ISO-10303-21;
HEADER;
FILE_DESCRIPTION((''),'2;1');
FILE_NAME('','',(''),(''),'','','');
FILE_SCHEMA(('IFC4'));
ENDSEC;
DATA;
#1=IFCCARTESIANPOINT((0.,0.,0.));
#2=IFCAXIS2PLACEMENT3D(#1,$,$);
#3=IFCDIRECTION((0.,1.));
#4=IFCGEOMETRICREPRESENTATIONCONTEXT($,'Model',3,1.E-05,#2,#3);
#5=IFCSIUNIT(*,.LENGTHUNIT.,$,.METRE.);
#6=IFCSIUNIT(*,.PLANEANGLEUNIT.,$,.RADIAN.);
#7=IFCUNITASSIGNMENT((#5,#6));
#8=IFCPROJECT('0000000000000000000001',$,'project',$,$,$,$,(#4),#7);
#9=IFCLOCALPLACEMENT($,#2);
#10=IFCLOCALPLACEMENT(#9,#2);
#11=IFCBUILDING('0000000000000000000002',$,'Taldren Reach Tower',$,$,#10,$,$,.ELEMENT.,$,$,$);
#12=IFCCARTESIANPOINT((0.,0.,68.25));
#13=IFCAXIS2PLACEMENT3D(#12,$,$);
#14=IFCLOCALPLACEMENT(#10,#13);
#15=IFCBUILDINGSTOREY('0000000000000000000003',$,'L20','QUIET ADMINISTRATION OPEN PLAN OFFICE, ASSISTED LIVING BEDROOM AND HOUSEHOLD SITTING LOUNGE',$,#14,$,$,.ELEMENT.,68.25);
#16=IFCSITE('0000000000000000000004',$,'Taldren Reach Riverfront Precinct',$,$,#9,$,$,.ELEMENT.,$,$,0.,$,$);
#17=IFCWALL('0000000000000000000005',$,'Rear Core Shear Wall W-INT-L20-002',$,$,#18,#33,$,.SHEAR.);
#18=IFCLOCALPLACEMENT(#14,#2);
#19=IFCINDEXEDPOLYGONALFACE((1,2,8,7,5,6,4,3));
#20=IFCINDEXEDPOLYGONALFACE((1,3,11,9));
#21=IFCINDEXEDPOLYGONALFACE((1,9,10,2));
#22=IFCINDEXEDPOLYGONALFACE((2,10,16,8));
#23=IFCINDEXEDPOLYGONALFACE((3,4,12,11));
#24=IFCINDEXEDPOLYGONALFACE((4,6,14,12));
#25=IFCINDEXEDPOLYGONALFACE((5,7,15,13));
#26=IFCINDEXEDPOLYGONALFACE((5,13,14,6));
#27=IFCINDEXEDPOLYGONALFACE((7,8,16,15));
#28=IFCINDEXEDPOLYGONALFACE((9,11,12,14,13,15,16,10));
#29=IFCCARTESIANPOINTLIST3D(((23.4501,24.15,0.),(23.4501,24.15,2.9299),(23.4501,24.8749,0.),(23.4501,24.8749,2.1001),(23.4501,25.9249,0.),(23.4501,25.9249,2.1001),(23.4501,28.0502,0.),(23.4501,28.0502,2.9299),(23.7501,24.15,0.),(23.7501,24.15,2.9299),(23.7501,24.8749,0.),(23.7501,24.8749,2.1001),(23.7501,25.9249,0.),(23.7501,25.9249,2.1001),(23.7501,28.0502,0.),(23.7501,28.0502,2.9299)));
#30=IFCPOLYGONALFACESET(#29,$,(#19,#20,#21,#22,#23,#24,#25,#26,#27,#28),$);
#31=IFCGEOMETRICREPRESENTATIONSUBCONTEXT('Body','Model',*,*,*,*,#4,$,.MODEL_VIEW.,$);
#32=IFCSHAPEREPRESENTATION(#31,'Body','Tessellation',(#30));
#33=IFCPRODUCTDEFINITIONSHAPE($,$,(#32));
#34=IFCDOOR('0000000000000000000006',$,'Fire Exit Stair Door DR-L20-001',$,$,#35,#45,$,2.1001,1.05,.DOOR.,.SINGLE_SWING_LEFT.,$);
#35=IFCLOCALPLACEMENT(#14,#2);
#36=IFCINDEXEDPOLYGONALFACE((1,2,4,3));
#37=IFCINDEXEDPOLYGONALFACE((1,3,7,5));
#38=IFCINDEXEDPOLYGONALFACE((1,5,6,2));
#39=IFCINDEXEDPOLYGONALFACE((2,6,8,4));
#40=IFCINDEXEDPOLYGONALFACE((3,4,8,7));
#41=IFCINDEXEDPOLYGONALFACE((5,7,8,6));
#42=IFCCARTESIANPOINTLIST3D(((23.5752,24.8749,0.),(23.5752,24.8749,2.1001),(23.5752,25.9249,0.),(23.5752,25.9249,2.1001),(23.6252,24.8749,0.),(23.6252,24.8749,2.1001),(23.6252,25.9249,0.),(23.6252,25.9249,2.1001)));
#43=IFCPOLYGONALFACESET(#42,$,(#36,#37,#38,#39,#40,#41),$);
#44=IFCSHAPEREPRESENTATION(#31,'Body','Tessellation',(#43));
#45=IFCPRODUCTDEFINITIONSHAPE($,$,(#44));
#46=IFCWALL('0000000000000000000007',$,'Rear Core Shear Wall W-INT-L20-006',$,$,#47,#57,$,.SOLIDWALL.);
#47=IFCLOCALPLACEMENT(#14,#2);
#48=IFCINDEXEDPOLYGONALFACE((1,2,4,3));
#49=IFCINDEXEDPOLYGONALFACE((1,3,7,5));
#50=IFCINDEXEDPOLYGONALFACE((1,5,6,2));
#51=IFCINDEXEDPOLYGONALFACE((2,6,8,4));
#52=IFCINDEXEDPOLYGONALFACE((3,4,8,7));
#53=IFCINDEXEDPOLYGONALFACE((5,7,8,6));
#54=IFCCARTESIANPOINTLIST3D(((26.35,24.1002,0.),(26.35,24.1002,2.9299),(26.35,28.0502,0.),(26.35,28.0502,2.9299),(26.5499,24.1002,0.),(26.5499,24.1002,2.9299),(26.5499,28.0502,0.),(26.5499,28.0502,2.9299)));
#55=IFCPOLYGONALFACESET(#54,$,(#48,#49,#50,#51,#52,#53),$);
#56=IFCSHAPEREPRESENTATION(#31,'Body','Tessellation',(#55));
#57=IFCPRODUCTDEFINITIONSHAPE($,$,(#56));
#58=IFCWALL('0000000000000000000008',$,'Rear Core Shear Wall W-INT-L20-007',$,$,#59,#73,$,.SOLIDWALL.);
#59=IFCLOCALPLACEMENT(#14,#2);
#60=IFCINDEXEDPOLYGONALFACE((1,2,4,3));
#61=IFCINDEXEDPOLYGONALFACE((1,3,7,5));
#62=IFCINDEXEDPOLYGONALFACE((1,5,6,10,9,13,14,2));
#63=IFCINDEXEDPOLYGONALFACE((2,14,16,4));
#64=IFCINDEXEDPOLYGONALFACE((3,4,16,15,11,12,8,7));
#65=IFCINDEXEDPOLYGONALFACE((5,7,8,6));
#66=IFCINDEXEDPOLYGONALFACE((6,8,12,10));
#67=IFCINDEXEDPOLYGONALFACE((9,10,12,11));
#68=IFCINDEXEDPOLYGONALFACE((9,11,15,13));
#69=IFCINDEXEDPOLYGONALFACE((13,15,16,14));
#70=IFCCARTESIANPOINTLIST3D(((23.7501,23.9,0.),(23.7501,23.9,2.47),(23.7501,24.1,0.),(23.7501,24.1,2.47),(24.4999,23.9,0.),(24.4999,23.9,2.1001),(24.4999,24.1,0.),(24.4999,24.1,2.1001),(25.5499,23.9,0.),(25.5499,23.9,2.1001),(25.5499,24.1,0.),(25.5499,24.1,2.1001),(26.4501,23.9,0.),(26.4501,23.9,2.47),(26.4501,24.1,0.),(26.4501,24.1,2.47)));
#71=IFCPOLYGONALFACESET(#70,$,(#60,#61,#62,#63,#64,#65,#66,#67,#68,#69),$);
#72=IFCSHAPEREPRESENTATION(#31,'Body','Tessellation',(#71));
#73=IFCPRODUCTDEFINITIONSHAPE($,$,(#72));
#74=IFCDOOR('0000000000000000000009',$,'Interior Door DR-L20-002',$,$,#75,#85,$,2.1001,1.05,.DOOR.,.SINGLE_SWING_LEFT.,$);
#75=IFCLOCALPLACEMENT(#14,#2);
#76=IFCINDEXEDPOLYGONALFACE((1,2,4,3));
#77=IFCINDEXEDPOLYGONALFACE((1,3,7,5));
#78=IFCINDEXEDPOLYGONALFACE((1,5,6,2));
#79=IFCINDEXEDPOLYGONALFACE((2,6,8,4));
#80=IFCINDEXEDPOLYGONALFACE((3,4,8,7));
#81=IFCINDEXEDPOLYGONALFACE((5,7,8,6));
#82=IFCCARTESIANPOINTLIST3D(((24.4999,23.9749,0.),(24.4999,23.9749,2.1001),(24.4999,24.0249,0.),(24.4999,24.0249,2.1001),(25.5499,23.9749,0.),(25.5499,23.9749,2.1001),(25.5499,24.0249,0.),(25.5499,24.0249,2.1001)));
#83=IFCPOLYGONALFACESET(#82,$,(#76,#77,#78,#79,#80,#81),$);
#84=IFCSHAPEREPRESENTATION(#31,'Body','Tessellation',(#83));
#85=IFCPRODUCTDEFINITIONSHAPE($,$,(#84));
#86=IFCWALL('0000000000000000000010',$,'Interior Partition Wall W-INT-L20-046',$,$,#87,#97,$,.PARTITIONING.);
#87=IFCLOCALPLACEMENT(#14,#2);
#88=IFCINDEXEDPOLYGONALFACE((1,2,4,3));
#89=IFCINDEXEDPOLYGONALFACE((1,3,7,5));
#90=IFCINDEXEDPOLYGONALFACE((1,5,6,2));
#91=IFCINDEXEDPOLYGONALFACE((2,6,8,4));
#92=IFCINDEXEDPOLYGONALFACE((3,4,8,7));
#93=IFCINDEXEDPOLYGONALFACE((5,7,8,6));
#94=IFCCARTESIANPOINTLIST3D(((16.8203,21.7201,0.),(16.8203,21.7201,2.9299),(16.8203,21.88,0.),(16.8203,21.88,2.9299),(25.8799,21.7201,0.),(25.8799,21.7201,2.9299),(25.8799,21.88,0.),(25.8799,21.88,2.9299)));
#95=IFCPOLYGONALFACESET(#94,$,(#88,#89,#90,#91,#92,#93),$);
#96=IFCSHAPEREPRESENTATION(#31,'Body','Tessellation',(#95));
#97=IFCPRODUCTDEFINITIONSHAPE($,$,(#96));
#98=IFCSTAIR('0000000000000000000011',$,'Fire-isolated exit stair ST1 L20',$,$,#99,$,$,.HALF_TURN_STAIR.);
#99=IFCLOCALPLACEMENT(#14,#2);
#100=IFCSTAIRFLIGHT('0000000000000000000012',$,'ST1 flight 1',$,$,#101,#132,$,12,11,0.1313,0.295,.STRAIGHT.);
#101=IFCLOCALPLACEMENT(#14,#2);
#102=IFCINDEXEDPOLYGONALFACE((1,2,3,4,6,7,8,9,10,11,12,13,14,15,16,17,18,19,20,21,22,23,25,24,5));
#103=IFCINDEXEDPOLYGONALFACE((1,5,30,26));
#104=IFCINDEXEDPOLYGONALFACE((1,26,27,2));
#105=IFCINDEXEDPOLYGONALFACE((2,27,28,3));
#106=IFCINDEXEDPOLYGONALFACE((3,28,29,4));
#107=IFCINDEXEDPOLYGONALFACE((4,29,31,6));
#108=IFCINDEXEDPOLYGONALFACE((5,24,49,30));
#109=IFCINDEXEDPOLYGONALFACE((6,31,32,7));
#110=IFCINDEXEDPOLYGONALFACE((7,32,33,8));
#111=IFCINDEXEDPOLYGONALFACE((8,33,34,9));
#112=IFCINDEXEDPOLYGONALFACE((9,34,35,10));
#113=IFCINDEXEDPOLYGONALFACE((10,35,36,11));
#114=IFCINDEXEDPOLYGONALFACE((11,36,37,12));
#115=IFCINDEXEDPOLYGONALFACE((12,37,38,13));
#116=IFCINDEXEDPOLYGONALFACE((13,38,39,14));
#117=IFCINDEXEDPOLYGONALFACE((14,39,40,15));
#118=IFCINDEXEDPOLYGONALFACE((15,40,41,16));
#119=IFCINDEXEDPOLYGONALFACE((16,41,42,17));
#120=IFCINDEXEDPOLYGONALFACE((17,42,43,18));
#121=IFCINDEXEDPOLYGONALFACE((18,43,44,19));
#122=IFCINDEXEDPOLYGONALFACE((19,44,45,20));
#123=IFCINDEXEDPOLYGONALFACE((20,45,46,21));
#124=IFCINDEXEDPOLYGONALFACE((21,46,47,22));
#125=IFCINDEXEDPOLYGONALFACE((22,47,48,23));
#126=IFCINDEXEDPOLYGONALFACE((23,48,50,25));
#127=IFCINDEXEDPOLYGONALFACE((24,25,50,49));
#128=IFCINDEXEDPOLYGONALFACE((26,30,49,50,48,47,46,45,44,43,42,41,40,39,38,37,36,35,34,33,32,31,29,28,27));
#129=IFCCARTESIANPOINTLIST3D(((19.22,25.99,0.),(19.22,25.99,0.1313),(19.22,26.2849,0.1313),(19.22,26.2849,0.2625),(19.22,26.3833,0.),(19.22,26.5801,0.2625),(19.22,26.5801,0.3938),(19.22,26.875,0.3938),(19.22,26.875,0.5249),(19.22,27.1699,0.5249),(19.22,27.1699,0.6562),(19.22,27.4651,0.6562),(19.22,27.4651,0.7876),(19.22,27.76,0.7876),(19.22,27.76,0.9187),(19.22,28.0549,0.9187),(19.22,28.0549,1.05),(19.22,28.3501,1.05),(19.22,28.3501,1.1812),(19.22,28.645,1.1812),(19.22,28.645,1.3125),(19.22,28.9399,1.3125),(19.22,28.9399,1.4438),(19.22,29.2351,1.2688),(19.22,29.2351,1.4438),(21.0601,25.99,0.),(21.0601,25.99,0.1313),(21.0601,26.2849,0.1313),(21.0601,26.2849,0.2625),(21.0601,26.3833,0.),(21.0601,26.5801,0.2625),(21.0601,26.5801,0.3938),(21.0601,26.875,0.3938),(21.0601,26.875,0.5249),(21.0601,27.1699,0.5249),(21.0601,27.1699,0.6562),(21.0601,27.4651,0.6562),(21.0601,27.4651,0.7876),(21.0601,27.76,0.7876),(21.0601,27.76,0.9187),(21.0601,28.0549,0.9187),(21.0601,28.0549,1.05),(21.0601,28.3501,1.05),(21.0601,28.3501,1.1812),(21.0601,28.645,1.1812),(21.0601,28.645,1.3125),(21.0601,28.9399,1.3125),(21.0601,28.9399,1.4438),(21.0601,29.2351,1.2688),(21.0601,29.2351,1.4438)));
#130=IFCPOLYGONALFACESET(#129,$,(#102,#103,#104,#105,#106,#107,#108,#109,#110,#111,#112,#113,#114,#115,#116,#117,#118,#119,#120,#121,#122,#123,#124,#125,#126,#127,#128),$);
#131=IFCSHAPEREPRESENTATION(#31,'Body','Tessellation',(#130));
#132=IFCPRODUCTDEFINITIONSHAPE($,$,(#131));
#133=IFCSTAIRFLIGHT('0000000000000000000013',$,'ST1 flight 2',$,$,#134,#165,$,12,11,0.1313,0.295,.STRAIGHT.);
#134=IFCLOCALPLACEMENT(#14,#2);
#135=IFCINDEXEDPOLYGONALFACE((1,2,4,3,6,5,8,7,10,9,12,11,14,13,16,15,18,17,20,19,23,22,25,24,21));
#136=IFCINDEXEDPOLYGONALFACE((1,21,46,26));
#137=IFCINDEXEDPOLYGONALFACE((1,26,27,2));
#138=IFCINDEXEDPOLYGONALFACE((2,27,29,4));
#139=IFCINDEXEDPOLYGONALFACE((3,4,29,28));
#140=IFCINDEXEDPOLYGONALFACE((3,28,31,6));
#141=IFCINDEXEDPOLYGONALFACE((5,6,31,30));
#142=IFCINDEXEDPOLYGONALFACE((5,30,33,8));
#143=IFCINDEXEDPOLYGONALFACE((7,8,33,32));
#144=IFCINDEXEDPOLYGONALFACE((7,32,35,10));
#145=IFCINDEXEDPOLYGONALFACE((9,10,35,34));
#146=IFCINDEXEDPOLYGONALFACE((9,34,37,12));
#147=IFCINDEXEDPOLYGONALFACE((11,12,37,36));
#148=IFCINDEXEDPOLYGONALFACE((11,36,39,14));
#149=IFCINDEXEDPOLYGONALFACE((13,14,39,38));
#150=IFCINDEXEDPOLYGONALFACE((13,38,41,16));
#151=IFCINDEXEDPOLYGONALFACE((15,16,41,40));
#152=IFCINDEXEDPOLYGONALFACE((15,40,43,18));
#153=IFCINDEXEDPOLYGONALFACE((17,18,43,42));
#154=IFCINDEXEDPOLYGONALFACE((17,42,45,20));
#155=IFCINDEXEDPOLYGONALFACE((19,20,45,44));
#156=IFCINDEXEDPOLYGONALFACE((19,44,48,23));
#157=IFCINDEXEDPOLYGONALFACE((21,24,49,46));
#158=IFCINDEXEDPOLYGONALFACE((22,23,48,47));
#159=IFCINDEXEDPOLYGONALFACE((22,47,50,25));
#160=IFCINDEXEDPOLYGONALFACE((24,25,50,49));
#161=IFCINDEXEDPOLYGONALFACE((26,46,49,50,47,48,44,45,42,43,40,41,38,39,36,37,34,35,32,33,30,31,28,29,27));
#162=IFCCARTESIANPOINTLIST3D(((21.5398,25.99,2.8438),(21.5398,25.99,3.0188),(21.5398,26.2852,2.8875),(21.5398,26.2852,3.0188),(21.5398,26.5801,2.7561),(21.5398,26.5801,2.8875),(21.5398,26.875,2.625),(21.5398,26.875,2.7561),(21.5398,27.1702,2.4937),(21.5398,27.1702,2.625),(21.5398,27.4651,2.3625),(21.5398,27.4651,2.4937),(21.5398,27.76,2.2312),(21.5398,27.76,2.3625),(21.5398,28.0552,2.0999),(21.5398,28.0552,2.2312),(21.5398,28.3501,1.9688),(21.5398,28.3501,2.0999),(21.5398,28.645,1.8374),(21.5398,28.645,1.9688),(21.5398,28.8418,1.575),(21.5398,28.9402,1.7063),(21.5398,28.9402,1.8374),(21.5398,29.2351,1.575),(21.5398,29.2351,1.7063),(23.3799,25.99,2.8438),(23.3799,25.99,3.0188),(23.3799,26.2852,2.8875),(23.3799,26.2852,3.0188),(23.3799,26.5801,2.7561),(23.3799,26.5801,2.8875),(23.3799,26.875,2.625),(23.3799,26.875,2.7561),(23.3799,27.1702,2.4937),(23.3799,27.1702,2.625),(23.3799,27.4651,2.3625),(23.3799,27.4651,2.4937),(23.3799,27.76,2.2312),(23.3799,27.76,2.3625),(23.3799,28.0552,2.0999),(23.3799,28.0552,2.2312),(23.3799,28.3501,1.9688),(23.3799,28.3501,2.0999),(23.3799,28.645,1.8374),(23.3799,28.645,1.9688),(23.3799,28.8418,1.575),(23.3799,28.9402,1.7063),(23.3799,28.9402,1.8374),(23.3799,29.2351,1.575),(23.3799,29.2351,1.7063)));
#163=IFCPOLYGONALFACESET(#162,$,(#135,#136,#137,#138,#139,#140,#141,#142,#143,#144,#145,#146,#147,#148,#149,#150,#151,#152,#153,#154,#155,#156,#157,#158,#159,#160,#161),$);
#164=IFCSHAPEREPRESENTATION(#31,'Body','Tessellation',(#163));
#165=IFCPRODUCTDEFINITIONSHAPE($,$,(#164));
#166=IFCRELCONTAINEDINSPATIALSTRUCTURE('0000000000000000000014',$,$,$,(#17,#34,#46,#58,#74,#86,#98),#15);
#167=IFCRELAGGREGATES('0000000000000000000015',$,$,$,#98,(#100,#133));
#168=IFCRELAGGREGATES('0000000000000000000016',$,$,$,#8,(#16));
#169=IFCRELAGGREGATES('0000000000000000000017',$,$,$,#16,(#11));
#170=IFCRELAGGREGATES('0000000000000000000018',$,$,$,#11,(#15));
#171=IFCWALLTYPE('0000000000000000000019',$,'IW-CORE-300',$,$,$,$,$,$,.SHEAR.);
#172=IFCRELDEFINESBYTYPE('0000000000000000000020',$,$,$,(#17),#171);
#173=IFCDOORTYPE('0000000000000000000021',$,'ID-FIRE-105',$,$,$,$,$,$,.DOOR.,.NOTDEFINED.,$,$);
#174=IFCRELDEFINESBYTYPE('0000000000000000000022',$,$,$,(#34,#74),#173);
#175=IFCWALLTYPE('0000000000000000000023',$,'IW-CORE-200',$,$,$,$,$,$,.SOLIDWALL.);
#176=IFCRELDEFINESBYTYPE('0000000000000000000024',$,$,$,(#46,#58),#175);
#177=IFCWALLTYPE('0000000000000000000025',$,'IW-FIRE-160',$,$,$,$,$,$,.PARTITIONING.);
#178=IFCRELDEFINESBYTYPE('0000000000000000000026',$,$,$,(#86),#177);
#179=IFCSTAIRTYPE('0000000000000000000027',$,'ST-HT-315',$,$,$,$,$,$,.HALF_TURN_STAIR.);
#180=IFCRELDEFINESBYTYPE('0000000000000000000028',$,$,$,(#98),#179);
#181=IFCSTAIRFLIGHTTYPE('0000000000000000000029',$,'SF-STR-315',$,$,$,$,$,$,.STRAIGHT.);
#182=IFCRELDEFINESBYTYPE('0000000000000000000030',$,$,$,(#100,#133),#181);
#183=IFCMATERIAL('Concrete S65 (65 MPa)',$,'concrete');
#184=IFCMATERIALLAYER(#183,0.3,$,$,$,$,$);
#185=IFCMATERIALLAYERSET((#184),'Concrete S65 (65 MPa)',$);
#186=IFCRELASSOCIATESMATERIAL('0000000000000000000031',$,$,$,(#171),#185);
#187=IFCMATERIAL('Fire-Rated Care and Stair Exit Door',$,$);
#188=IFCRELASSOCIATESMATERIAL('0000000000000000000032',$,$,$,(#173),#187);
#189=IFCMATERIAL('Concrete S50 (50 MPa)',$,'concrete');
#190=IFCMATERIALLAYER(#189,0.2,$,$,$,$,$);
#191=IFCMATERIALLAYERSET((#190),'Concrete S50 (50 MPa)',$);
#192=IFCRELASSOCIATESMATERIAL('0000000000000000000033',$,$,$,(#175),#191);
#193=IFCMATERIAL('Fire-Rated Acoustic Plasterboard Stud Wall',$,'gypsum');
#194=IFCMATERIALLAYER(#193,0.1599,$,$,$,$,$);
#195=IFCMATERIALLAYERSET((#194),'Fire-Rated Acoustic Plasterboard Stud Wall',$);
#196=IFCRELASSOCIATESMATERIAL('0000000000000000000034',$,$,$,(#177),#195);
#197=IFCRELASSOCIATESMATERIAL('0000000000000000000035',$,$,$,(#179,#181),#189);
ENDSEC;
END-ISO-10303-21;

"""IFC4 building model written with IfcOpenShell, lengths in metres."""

from ifc_helpers import new_model, si_unit, direction, frame, frame_2d, origin, place, context, subcontext, project, spatial, polyline, rectangle, outline, extrude, source, transform, mapped, material, layer, layer_set, type_object, element, fill, aggregate, save


model = new_model("IFC4")

# Units and contexts
model_context = context("Model", 3, precision=1e-05, world=origin(), true_north=direction((0.0, 1.0)))
body_context = subcontext(model_context, "Body", "Model", "MODEL_VIEW")
ifc_project = project(units=[si_unit("LENGTHUNIT", "METRE"), si_unit("PLANEANGLEUNIT", "RADIAN")], contexts=[model_context])

# Site, building, storey
site_placement = place(None, origin())
site = spatial("IfcSite", under=ifc_project, at=site_placement, Name="Taldren Reach Riverfront Precinct", CompositionType="ELEMENT", RefElevation=0.0)
building_placement = place(site_placement, origin())
building = spatial("IfcBuilding", under=site, at=building_placement, Name="Taldren Reach Tower", CompositionType="ELEMENT")
storey_placement = place(building_placement, frame((0.0, 0.0, 68.25)))
storey = spatial("IfcBuildingStorey", under=building, at=storey_placement, Name="L20", Description="QUIET ADMINISTRATION OPEN PLAN OFFICE, ASSISTED LIVING BEDROOM AND HOUSEHOLD SITTING LOUNGE", CompositionType="ELEMENT", Elevation=68.25)

# Shared definitions
ifc_material_1 = material(Name="Concrete S65 (65 MPa)", Category="concrete")

# Shared definitions
ifc_layer_1 = layer(ifc_material_1, 0.3)
ifc_layer_set_1 = layer_set([ifc_layer_1], Name="Concrete S65 (65 MPa)")
wall_type_1 = type_object("IfcWallType", Name="IW-CORE-300", PredefinedType="SHEAR", material=ifc_layer_set_1)

# Wall, opening, door
shared_shape_1 = source(origin(), body_context, "Body", "SweptSolid", [
    extrude(rectangle(XDim=3.9001, YDim=0.3, at=frame_2d((1.9502, 0.0))), origin(), (0.0, 0.0, 1.0), 2.9299),
])
wall_1_placement = place(storey_placement, frame((23.6001, 24.1499, 0.0), z_axis=(0.0, 0.0, 1.0), x_axis=(0.0, 1.0, 0.0)))
wall_1 = element("IfcWall", 1, at=wall_1_placement, inside=storey, type_object=wall_type_1, Name="Rear Core Shear Wall W-INT-L20-002", PredefinedType="SHEAR", context=body_context, shape_type="MappedRepresentation", body=[
    mapped(shared_shape_1, transform((0.0, 0.0, 0.0), scale=1.0)),
])
shared_shape_2 = source(origin(), body_context, "Body", "SweptSolid", [
    extrude(rectangle(XDim=1.05, YDim=2.1001, at=frame_2d((0.5249, 1.05))), frame((0.0, 0.1602, 0.0), z_axis=(0.0, -1.0, 0.0), x_axis=(1.0, 0.0, 0.0)), (0.0, 0.0, 1.0), 0.3201),
])
opening_1_placement = place(wall_1_placement, frame((0.7251, 0.0, 0.0)))
opening_1 = element("IfcOpeningElement", 2, at=opening_1_placement, cuts=wall_1, PredefinedType="OPENING", context=body_context, shape_type="MappedRepresentation", body=[
    mapped(shared_shape_2, transform((0.0, 0.0, 0.0), scale=1.0)),
])
ifc_material_2 = material(Name="Fire-Rated Care and Stair Exit Door")
door_type_1 = type_object("IfcDoorType", Name="ID-FIRE-105", OperationType="NOTDEFINED", PredefinedType="DOOR", material=ifc_material_2)
shared_shape_3 = source(origin(), body_context, "Body", "SweptSolid", [
    extrude(rectangle(XDim=1.05, YDim=2.1001, at=frame_2d((0.5249, 1.05))), frame((0.0, 0.0249, 0.0), z_axis=(0.0, -1.0, 0.0), x_axis=(1.0, 0.0, 0.0)), (0.0, 0.0, 1.0), 0.05),
])
door_1_placement = place(opening_1_placement, origin())
door_1 = element("IfcDoor", 3, at=door_1_placement, inside=storey, type_object=door_type_1, Name="Fire Exit Stair Door DR-L20-001", OperationType="SINGLE_SWING_LEFT", OverallHeight=2.1001, OverallWidth=1.05, PredefinedType="DOOR", context=body_context, shape_type="MappedRepresentation", body=[
    mapped(shared_shape_3, transform((0.0, 0.0, 0.0), scale=1.0)),
])
fill(opening_1, door_1)

# Wall
ifc_material_3 = material(Name="Concrete S50 (50 MPa)", Category="concrete")
ifc_layer_2 = layer(ifc_material_3, 0.2)
ifc_layer_set_2 = layer_set([ifc_layer_2], Name="Concrete S50 (50 MPa)")
wall_type_2 = type_object("IfcWallType", Name="IW-CORE-200", PredefinedType="SOLIDWALL", material=ifc_layer_set_2)
shared_shape_4 = source(origin(), body_context, "Body", "SweptSolid", [
    extrude(rectangle(XDim=3.95, YDim=0.2, at=frame_2d((1.9751, 0.0))), origin(), (0.0, 0.0, 1.0), 2.9299),
])
wall_2_placement = place(storey_placement, frame((26.45, 24.1001, 0.0), z_axis=(0.0, 0.0, 1.0), x_axis=(0.0, 1.0, 0.0)))
element("IfcWall", 4, at=wall_2_placement, inside=storey, type_object=wall_type_2, Name="Rear Core Shear Wall W-INT-L20-006", PredefinedType="SOLIDWALL", context=body_context, shape_type="MappedRepresentation", body=[
    mapped(shared_shape_4, transform((0.0, 0.0, 0.0), scale=1.0)),
])

# Wall, opening, door
shared_shape_5 = source(origin(), body_context, "Body", "SweptSolid", [
    extrude(rectangle(XDim=2.7, YDim=0.2, at=frame_2d((1.3501, 0.0))), origin(), (0.0, 0.0, 1.0), 2.47),
])
wall_3_placement = place(storey_placement, frame((23.75, 24.0, 0.0), z_axis=(0.0, 0.0, 1.0), x_axis=(1.0, 0.0, 0.0)))
wall_3 = element("IfcWall", 5, at=wall_3_placement, inside=storey, type_object=wall_type_2, Name="Rear Core Shear Wall W-INT-L20-007", PredefinedType="SOLIDWALL", context=body_context, shape_type="MappedRepresentation", body=[
    mapped(shared_shape_5, transform((0.0, 0.0, 0.0), scale=1.0)),
])
shared_shape_6 = source(origin(), body_context, "Body", "SweptSolid", [
    extrude(rectangle(XDim=1.05, YDim=2.1001, at=frame_2d((0.5249, 1.05))), frame((0.0, 0.1099, 0.0), z_axis=(0.0, -1.0, 0.0), x_axis=(1.0, 0.0, 0.0)), (0.0, 0.0, 1.0), 0.22),
])
opening_2_placement = place(wall_3_placement, frame((0.75, 0.0, 0.0)))
opening_2 = element("IfcOpeningElement", 6, at=opening_2_placement, cuts=wall_3, PredefinedType="OPENING", context=body_context, shape_type="MappedRepresentation", body=[
    mapped(shared_shape_6, transform((0.0, 0.0, 0.0), scale=1.0)),
])
door_2_placement = place(opening_2_placement, origin())
door_2 = element("IfcDoor", 7, at=door_2_placement, inside=storey, type_object=door_type_1, Name="Interior Door DR-L20-002", OperationType="SINGLE_SWING_LEFT", OverallHeight=2.1001, OverallWidth=1.05, PredefinedType="DOOR", context=body_context, shape_type="MappedRepresentation", body=[
    mapped(shared_shape_3, transform((0.0, 0.0, 0.0), scale=1.0)),
])
fill(opening_2, door_2)

# Wall
ifc_material_4 = material(Name="Fire-Rated Acoustic Plasterboard Stud Wall", Category="gypsum")
ifc_layer_3 = layer(ifc_material_4, 0.1599)
ifc_layer_set_3 = layer_set([ifc_layer_3], Name="Fire-Rated Acoustic Plasterboard Stud Wall")
wall_type_3 = type_object("IfcWallType", Name="IW-FIRE-160", PredefinedType="PARTITIONING", material=ifc_layer_set_3)
shared_shape_7 = source(origin(), body_context, "Body", "SweptSolid", [
    extrude(rectangle(XDim=9.0596, YDim=0.1599, at=frame_2d((4.5298, 0.0))), origin(), (0.0, 0.0, 1.0), 2.9299),
])
wall_4_placement = place(storey_placement, frame((25.8799, 21.8, 0.0), z_axis=(0.0, 0.0, 1.0), x_axis=(-1.0, 0.0, 0.0)))
element("IfcWall", 8, at=wall_4_placement, inside=storey, type_object=wall_type_3, Name="Interior Partition Wall W-INT-L20-046", PredefinedType="PARTITIONING", context=body_context, shape_type="MappedRepresentation", body=[
    mapped(shared_shape_7, transform((0.0, 0.0, 0.0), scale=1.0)),
])

# Stair, stair flights
stair_type = type_object("IfcStairType", Name="ST-HT-315", PredefinedType="HALF_TURN_STAIR", material=ifc_material_3)
stair_placement = place(storey_placement, origin())
stair = element("IfcStair", 9, at=stair_placement, inside=storey, type_object=stair_type, Name="Fire-isolated exit stair ST1 L20", PredefinedType="HALF_TURN_STAIR")
stair_flight_type = type_object("IfcStairFlightType", Name="SF-STR-315", PredefinedType="STRAIGHT", material=ifc_material_3)
stair_flight_1_placement = place(storey_placement, frame((20.1399, 25.99, 0.0), z_axis=(0.0, 0.0, 1.0), x_axis=(0.0, 1.0, 0.0)))
stair_flight_1 = element("IfcStairFlight", 10, at=stair_flight_1_placement, type_object=stair_flight_type, Name="ST1 flight 1", NumberOfRisers=12, NumberOfTreads=11, PredefinedType="STRAIGHT", RiserHeight=0.1313, TreadLength=0.295, context=body_context, shape_type="SweptSolid", body=[
    extrude(outline(polyline([(0.0, 0.0), (0.0, 0.1313), (0.2949, 0.1313), (0.2949, 0.2625), (0.5901, 0.2625), (0.5901, 0.3938), (0.885, 0.3938), (0.885, 0.5249), (1.1799, 0.5249), (1.1799, 0.6562), (1.4751, 0.6562), (1.4751, 0.7876), (1.77, 0.7876), (1.77, 0.9187), (2.0649, 0.9187), (2.0649, 1.05), (2.3601, 1.05), (2.3601, 1.1812), (2.655, 1.1812), (2.655, 1.3125), (2.95, 1.3125), (2.95, 1.4438), (3.2451, 1.4438), (3.2451, 1.575), (3.2451, 1.2688), (0.3933, 0.0), (0.0, 0.0)])), frame((0.0, 0.9199, 0.0), z_axis=(0.0, -1.0, 0.0), x_axis=(1.0, 0.0, 0.0)), (0.0, 0.0, 1.0), 1.8401),
])
stair_flight_2_placement = place(storey_placement, frame((22.46, 29.2351, 1.575), z_axis=(0.0, 0.0, 1.0), x_axis=(0.0, -1.0, 0.0)))
stair_flight_2 = element("IfcStairFlight", 11, at=stair_flight_2_placement, type_object=stair_flight_type, Name="ST1 flight 2", NumberOfRisers=12, NumberOfTreads=11, PredefinedType="STRAIGHT", RiserHeight=0.1313, TreadLength=0.295, context=body_context, shape_type="SweptSolid", body=[
    extrude(outline(polyline([(0.0, 0.0), (0.0, 0.1313), (0.2949, 0.1313), (0.2949, 0.2625), (0.5901, 0.2625), (0.5901, 0.3938), (0.885, 0.3938), (0.885, 0.5249), (1.1799, 0.5249), (1.1799, 0.6562), (1.4751, 0.6562), (1.4751, 0.7876), (1.77, 0.7876), (1.77, 0.9187), (2.0649, 0.9187), (2.0649, 1.05), (2.3601, 1.05), (2.3601, 1.1812), (2.655, 1.1812), (2.655, 1.3125), (2.95, 1.3125), (2.95, 1.4438), (3.2451, 1.4438), (3.2451, 1.575), (3.2451, 1.2688), (0.3933, 0.0), (0.0, 0.0)])), frame((0.0, 0.9199, 0.0), z_axis=(0.0, -1.0, 0.0), x_axis=(1.0, 0.0, 0.0)), (0.0, 0.0, 1.0), 1.8401),
])
aggregate(stair, [stair_flight_1, stair_flight_2])

save(model, "model.ifc")
